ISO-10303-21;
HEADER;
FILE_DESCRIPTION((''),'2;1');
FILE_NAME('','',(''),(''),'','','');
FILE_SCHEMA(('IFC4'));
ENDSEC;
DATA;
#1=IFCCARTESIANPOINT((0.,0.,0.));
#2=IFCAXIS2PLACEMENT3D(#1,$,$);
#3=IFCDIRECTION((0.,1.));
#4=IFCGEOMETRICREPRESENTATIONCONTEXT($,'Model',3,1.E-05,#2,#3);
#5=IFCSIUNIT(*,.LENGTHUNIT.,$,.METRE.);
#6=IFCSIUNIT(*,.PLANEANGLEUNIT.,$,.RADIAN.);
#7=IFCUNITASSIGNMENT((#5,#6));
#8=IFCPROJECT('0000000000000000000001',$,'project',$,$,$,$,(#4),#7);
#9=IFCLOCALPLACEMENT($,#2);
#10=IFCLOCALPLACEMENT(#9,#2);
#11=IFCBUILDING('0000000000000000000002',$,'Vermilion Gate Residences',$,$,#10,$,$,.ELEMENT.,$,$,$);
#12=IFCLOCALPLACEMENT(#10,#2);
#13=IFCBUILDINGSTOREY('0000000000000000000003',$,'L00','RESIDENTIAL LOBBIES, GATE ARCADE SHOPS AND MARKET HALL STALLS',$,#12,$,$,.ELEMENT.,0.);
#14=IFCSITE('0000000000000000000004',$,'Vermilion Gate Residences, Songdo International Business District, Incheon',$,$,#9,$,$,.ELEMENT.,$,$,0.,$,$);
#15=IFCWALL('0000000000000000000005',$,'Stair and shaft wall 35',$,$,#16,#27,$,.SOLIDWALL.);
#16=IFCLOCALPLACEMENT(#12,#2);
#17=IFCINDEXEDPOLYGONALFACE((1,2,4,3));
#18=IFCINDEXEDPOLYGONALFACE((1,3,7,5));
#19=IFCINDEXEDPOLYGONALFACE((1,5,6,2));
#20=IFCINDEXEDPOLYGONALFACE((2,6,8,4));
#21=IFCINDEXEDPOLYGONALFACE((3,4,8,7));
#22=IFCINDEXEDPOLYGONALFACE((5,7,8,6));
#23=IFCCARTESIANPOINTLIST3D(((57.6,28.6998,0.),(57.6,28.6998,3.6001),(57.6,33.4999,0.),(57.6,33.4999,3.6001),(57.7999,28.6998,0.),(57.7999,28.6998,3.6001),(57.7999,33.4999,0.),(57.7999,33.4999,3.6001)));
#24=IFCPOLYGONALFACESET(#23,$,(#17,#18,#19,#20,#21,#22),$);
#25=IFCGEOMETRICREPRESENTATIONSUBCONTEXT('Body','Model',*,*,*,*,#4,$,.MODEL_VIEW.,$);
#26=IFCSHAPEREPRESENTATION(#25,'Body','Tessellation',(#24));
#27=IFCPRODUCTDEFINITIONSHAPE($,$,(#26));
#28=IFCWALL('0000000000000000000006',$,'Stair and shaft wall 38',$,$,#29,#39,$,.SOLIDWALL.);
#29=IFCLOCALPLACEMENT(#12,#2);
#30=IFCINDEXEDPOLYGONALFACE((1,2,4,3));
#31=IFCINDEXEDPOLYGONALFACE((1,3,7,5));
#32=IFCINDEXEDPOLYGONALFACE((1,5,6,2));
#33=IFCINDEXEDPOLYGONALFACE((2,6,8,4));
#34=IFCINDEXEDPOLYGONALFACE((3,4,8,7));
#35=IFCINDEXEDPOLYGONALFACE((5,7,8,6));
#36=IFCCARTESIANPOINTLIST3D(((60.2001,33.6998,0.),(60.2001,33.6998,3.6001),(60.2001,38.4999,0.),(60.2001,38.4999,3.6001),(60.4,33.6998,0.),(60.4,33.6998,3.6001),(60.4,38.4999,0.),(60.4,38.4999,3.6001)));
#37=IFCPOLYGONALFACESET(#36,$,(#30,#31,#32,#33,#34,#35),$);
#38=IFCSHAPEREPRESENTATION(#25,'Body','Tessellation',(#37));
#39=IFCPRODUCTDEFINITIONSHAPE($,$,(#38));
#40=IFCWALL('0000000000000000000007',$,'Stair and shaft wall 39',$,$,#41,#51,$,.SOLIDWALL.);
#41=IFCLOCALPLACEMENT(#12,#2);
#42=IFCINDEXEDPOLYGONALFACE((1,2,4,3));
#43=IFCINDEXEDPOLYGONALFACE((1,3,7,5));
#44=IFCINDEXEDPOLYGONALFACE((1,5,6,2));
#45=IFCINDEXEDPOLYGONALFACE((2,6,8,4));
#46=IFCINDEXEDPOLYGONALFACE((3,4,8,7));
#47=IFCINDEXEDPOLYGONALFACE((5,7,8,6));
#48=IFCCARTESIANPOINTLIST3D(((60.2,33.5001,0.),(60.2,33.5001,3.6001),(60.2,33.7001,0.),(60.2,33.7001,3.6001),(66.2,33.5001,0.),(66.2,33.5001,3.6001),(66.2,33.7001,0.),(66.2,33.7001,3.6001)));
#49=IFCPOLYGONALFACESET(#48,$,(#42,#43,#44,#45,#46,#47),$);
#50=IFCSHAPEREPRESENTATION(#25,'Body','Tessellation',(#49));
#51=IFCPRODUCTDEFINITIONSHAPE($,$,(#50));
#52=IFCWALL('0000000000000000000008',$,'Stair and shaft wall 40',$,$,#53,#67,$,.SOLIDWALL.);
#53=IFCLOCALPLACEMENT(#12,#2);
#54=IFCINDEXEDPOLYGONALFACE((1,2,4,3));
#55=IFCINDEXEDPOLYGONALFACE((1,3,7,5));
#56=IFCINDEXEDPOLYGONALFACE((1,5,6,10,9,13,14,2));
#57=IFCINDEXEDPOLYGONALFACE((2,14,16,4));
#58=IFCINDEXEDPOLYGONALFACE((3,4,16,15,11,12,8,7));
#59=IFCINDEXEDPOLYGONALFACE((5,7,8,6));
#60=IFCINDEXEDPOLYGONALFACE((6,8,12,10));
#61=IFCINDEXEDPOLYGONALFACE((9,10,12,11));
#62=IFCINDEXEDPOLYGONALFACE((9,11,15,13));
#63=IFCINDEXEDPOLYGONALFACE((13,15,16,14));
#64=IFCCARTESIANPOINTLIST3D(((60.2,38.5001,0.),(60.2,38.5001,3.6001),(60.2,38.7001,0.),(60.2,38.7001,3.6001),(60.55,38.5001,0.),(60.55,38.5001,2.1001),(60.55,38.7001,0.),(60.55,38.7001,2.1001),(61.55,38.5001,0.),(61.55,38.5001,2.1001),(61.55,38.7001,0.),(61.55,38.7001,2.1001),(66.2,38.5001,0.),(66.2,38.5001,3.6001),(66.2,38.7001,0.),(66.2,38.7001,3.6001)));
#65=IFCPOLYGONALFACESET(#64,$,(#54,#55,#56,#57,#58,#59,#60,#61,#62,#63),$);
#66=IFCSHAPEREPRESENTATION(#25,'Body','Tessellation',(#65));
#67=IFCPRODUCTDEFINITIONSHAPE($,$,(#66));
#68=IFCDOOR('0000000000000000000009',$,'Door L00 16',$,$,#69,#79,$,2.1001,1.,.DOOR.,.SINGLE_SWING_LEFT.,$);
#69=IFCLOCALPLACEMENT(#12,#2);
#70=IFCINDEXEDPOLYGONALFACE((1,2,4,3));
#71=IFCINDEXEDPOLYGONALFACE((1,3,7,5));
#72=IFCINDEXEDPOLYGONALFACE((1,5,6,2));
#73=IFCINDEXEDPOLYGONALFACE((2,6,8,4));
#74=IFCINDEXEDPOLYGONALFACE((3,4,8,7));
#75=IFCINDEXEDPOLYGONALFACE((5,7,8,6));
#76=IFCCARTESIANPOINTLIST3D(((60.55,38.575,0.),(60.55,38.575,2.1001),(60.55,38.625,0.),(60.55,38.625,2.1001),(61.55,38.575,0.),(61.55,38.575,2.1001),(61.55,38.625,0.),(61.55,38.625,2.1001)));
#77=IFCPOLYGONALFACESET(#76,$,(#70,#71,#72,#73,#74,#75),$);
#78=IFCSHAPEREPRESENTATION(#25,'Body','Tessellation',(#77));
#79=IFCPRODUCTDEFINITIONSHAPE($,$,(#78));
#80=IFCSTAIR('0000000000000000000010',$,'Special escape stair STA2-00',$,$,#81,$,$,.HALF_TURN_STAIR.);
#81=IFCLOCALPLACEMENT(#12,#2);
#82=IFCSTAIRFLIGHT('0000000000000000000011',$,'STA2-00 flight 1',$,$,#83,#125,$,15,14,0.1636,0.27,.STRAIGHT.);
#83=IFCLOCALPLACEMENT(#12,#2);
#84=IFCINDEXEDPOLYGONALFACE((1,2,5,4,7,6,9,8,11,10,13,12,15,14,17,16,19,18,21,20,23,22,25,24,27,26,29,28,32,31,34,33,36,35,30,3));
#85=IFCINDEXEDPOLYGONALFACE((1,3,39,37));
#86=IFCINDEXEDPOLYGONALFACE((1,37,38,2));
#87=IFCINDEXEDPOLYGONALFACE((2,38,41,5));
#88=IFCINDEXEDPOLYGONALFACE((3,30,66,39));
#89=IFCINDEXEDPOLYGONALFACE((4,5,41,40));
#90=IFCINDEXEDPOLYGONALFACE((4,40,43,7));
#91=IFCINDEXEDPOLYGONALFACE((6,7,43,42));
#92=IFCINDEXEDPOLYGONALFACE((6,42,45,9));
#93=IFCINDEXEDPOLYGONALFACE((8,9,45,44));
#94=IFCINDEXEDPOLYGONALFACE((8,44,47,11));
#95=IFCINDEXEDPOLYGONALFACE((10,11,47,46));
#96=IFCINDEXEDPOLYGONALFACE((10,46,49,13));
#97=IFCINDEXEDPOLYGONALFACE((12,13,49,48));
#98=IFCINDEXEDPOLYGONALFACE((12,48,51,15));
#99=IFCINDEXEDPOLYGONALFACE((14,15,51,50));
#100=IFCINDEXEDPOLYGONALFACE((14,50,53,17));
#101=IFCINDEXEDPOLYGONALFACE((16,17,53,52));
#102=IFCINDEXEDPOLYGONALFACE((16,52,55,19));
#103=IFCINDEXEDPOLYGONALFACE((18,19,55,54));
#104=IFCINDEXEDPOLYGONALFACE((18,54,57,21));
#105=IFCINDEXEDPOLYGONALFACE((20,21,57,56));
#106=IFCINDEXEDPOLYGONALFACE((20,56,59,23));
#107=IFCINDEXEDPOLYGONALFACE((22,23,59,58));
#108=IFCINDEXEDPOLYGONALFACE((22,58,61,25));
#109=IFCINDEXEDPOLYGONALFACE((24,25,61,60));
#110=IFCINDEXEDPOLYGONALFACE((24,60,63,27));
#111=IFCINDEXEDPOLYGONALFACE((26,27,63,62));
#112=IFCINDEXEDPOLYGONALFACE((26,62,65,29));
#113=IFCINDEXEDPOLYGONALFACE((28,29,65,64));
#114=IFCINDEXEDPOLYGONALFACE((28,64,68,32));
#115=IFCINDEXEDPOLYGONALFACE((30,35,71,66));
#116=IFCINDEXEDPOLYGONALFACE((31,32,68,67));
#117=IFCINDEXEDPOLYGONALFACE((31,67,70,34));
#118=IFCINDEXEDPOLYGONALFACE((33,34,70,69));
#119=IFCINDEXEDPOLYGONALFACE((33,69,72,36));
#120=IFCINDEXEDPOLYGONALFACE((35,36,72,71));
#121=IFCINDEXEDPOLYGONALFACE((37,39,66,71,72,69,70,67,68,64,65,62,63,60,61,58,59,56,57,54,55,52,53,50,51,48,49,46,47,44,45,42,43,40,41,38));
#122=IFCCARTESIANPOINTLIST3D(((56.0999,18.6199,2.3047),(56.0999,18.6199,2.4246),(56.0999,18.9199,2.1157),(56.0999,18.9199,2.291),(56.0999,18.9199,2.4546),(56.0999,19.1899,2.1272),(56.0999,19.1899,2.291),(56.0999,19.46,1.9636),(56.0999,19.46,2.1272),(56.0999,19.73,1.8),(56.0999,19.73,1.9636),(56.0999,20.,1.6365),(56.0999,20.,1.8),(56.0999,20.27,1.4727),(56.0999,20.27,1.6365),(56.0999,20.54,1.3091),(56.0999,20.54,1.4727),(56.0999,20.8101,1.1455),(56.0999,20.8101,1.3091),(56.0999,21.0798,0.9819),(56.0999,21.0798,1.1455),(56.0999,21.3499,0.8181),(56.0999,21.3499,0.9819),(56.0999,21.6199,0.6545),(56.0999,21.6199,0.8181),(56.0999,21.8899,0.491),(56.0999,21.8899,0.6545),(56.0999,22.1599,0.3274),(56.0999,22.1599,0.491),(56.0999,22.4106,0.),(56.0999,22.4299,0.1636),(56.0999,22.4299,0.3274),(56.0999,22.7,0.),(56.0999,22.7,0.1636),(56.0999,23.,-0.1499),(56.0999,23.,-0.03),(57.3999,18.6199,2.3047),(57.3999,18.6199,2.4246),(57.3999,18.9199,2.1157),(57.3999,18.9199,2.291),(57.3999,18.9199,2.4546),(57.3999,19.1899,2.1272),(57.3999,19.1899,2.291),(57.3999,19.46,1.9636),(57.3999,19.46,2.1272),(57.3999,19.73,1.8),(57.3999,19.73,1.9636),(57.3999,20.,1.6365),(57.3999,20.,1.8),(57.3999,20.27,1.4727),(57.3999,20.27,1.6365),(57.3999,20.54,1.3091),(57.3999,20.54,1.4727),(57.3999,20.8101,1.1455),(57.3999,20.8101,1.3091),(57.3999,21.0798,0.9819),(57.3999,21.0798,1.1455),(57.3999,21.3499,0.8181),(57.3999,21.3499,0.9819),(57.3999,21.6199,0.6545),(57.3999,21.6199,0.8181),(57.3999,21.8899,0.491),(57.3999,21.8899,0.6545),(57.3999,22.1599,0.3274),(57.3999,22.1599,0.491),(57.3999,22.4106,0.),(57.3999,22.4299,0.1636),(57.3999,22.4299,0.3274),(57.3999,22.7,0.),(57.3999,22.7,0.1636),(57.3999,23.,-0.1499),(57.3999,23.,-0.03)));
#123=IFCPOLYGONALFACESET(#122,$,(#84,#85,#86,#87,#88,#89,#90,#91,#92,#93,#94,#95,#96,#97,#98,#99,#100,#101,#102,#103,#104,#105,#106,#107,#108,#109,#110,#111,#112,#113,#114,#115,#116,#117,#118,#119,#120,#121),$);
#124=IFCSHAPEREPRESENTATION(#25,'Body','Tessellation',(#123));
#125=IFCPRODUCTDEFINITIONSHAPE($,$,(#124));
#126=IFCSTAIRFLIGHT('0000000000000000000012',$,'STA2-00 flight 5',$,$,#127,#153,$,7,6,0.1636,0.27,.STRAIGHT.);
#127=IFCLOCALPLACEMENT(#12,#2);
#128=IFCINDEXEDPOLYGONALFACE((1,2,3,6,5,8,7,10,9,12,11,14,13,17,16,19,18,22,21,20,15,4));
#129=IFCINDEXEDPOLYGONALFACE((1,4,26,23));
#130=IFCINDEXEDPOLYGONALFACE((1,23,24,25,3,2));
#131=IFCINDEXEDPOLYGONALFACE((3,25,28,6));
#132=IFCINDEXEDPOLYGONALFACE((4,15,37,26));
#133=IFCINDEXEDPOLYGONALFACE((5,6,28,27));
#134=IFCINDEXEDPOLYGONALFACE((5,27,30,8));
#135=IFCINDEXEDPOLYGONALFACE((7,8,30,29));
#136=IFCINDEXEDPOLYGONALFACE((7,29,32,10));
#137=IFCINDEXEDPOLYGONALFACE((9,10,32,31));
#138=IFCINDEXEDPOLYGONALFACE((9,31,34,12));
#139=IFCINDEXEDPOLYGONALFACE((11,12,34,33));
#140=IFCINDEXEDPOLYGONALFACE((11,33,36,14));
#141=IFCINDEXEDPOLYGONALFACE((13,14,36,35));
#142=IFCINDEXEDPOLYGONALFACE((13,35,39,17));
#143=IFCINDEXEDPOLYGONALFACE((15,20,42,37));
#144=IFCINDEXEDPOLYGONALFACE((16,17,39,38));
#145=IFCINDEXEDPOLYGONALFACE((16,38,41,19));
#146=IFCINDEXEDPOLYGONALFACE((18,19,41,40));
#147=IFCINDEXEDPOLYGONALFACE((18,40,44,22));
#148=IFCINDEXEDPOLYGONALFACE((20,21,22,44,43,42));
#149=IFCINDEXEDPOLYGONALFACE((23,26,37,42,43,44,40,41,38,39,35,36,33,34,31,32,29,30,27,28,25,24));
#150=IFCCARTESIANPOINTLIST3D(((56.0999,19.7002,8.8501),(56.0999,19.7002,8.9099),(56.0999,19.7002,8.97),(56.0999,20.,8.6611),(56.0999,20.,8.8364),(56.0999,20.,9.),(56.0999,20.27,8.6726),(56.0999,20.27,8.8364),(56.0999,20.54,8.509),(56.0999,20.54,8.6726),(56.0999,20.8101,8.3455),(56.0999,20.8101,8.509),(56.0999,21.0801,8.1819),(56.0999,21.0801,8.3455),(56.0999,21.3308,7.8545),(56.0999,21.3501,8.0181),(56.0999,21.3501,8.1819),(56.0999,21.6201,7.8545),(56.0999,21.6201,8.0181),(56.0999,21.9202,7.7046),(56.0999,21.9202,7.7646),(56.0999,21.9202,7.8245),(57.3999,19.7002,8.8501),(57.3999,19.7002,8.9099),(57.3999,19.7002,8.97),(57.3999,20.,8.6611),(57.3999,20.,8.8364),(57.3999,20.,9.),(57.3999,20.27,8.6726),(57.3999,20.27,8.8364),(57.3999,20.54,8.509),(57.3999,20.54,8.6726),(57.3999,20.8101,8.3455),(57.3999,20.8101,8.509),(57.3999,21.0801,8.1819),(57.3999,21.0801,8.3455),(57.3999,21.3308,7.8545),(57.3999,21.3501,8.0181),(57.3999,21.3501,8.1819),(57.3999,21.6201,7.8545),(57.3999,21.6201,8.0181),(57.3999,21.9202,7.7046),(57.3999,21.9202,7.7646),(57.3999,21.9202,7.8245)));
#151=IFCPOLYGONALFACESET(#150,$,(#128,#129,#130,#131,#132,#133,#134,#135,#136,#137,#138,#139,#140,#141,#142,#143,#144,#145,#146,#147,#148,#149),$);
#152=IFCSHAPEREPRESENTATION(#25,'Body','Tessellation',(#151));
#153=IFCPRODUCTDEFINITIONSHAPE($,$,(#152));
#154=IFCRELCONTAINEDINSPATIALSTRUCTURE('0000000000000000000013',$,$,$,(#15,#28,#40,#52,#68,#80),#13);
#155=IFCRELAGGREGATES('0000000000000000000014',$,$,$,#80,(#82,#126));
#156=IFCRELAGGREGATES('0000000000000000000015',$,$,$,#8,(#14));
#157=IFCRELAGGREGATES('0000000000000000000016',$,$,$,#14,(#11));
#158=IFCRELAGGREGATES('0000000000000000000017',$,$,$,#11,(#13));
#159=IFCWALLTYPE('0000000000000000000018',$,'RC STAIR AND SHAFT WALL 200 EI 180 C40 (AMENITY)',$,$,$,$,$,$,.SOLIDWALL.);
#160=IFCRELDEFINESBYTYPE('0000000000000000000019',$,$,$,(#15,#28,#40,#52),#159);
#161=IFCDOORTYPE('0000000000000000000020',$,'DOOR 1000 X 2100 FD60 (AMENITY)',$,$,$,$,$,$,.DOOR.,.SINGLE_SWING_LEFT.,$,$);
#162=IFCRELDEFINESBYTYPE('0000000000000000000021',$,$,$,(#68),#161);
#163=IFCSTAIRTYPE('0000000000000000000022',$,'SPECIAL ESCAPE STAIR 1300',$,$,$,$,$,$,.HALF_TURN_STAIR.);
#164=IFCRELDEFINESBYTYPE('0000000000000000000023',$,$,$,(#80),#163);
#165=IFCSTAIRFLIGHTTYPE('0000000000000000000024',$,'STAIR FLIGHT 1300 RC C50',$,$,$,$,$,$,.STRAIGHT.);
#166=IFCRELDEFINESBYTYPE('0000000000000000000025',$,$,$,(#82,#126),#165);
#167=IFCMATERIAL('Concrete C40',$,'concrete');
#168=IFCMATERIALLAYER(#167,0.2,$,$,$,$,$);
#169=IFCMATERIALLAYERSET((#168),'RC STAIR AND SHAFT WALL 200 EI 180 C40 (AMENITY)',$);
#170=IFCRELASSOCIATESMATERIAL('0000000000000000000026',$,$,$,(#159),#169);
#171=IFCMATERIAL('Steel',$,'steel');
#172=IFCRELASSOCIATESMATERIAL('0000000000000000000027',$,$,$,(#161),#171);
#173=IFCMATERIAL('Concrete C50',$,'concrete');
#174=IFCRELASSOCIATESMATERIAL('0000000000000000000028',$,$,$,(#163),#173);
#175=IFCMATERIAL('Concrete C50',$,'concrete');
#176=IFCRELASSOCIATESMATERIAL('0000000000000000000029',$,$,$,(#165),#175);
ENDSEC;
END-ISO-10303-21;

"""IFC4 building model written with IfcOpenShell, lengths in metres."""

from ifc_helpers import new_model, si_unit, direction, frame, frame_2d, origin, place, context, subcontext, project, spatial, polyline, rectangle, outline, extrude, material, layer, layer_set, type_object, element, fill, aggregate, save


model = new_model("IFC4")

# Units and contexts
model_context = context("Model", 3, precision=1e-05, world=origin(), true_north=direction((0.0, 1.0)))
body_context = subcontext(model_context, "Body", "Model", "MODEL_VIEW")
ifc_project = project(units=[si_unit("LENGTHUNIT", "METRE"), si_unit("PLANEANGLEUNIT", "RADIAN")], contexts=[model_context])

# Site, building, storey
site_placement = place(None, origin())
site = spatial("IfcSite", under=ifc_project, at=site_placement, Name="Vermilion Gate Residences, Songdo International Business District, Incheon", CompositionType="ELEMENT", RefElevation=0.0)
building_placement = place(site_placement, origin())
building = spatial("IfcBuilding", under=site, at=building_placement, Name="Vermilion Gate Residences", CompositionType="ELEMENT")
storey_placement = place(building_placement, origin())
storey = spatial("IfcBuildingStorey", under=building, at=storey_placement, Name="L00", Description="RESIDENTIAL LOBBIES, GATE ARCADE SHOPS AND MARKET HALL STALLS", CompositionType="ELEMENT", Elevation=0.0)

# Walls
ifc_material_1 = material(Name="Concrete C40", Category="concrete")
ifc_layer_1 = layer(ifc_material_1, 0.2)
ifc_layer_set_1 = layer_set([ifc_layer_1], Name="RC STAIR AND SHAFT WALL 200 EI 180 C40 (AMENITY)")
wall_type_1 = type_object("IfcWallType", Name="RC STAIR AND SHAFT WALL 200 EI 180 C40 (AMENITY)", PredefinedType="SOLIDWALL", material=ifc_layer_set_1)
for number, where, z_axis, x_axis, name in (
    (1, (57.7, 28.7, 0.0), (0.0, 0.0, 1.0), (0.0, 1.0, 0.0), "Stair and shaft wall 35"),
    (2, (60.3, 33.7, 0.0), (0.0, 0.0, 1.0), (0.0, 1.0, 0.0), "Stair and shaft wall 38"),
):
    element("IfcWall", number, at=place(storey_placement, frame(where, z_axis=z_axis, x_axis=x_axis)), inside=storey, type_object=wall_type_1, Name=name, PredefinedType="SOLIDWALL", context=body_context, shape_type="SweptSolid", body=[
        extrude(rectangle(XDim=4.8, YDim=0.2, at=frame_2d((2.3999, 0.0))), origin(), (0.0, 0.0, 1.0), 3.6001),
    ])
wall_1_placement = place(storey_placement, frame((60.2, 33.6001, 0.0), z_axis=(0.0, 0.0, 1.0), x_axis=(1.0, 0.0, 0.0)))
element("IfcWall", 3, at=wall_1_placement, inside=storey, type_object=wall_type_1, Name="Stair and shaft wall 39", PredefinedType="SOLIDWALL", context=body_context, shape_type="SweptSolid", body=[
    extrude(rectangle(XDim=6.0, YDim=0.2, at=frame_2d((3.0, 0.0))), origin(), (0.0, 0.0, 1.0), 3.6001),
])

# Wall, opening, door
wall_2_placement = place(storey_placement, frame((60.2, 38.6001, 0.0), z_axis=(0.0, 0.0, 1.0), x_axis=(1.0, 0.0, 0.0)))
wall_2 = element("IfcWall", 4, at=wall_2_placement, inside=storey, type_object=wall_type_1, Name="Stair and shaft wall 40", PredefinedType="SOLIDWALL", context=body_context, shape_type="SweptSolid", body=[
    extrude(rectangle(XDim=6.0, YDim=0.2, at=frame_2d((3.0, 0.0))), origin(), (0.0, 0.0, 1.0), 3.6001),
])
opening_placement = place(wall_2_placement, frame((0.3501, 0.0, 0.0)))
opening = element("IfcOpeningElement", 5, at=opening_placement, cuts=wall_2, PredefinedType="OPENING", context=body_context, shape_type="SweptSolid", body=[
    extrude(rectangle(XDim=1.0, YDim=2.1001, at=frame_2d((0.5, 1.05))), frame((0.0, 0.1099, 0.0), z_axis=(0.0, -1.0, 0.0), x_axis=(1.0, 0.0, 0.0)), (0.0, 0.0, 1.0), 0.22),
])
ifc_material_2 = material(Name="Steel", Category="steel")
door_type = type_object("IfcDoorType", Name="DOOR 1000 X 2100 FD60 (AMENITY)", OperationType="SINGLE_SWING_LEFT", PredefinedType="DOOR", material=ifc_material_2)
door_placement = place(opening_placement, origin())
door = element("IfcDoor", 6, at=door_placement, inside=storey, type_object=door_type, Name="Door L00 16", OperationType="SINGLE_SWING_LEFT", OverallHeight=2.1001, OverallWidth=1.0, PredefinedType="DOOR", context=body_context, shape_type="SweptSolid", body=[
    extrude(rectangle(XDim=1.0, YDim=2.1001, at=frame_2d((0.5, 1.05))), frame((0.0, 0.0249, 0.0), z_axis=(0.0, -1.0, 0.0), x_axis=(1.0, 0.0, 0.0)), (0.0, 0.0, 1.0), 0.05),
])
fill(opening, door)

# Stair, stair flights
ifc_material_3 = material(Name="Concrete C50", Category="concrete")
stair_type = type_object("IfcStairType", Name="SPECIAL ESCAPE STAIR 1300", PredefinedType="HALF_TURN_STAIR", material=ifc_material_3)
stair_placement = place(storey_placement, origin())
stair = element("IfcStair", 7, at=stair_placement, inside=storey, type_object=stair_type, Name="Special escape stair STA2-00", PredefinedType="HALF_TURN_STAIR")
ifc_material_4 = material(Name="Concrete C50", Category="concrete")
stair_flight_type = type_object("IfcStairFlightType", Name="STAIR FLIGHT 1300 RC C50", PredefinedType="STRAIGHT", material=ifc_material_4)
stair_flight_1_placement = place(storey_placement, frame((56.75, 22.7, 0.0), z_axis=(0.0, 0.0, 1.0), x_axis=(0.0, -1.0, 0.0)))
stair_flight_1 = element("IfcStairFlight", 8, at=stair_flight_1_placement, type_object=stair_flight_type, Name="STA2-00 flight 1", NumberOfRisers=15, NumberOfTreads=14, PredefinedType="STRAIGHT", RiserHeight=0.1636, TreadLength=0.27, context=body_context, shape_type="SweptSolid", body=[
    extrude(outline(polyline([(-0.3, -0.1499), (-0.3, -0.03), (0.0, 0.0), (0.0, 0.1636), (0.27, 0.1636), (0.27, 0.3274), (0.54, 0.3274), (0.54, 0.491), (0.8101, 0.491), (0.8101, 0.6545), (1.0801, 0.6545), (1.0801, 0.8181), (1.3501, 0.8181), (1.3501, 0.9819), (1.6201, 0.9819), (1.6201, 1.1455), (1.8899, 1.1455), (1.8899, 1.3091), (2.1599, 1.3091), (2.1599, 1.4727), (2.4299, 1.4727), (2.4299, 1.6365), (2.7, 1.6365), (2.7, 1.8), (2.97, 1.8), (2.97, 1.9636), (3.24, 1.9636), (3.24, 2.1272), (3.51, 2.1272), (3.51, 2.291), (3.78, 2.291), (3.78, 2.4546), (4.0801, 2.4246), (4.0801, 2.3047), (3.78, 2.1157), (0.2893, 0.0), (-0.3, -0.1499)])), frame((0.0, 0.6499, 0.0), z_axis=(0.0, -1.0, 0.0), x_axis=(1.0, 0.0, 0.0)), (0.0, 0.0, 1.0), 1.3),
])
stair_flight_2_placement = place(storey_placement, frame((56.75, 21.6201, 7.8545), z_axis=(0.0, 0.0, 1.0), x_axis=(0.0, -1.0, 0.0)))
stair_flight_2 = element("IfcStairFlight", 9, at=stair_flight_2_placement, type_object=stair_flight_type, Name="STA2-00 flight 5", NumberOfRisers=7, NumberOfTreads=6, PredefinedType="STRAIGHT", RiserHeight=0.1636, TreadLength=0.27, context=body_context, shape_type="SweptSolid", body=[
    extrude(outline(polyline([(-0.3, -0.1499), (-0.3, -0.0898), (-0.3, -0.03), (0.0, 0.0), (0.0, 0.1636), (0.27, 0.1636), (0.27, 0.3274), (0.54, 0.3274), (0.54, 0.491), (0.8101, 0.491), (0.8101, 0.6545), (1.0801, 0.6545), (1.0801, 0.8181), (1.3501, 0.8181), (1.3501, 0.9819), (1.6201, 0.9819), (1.6201, 1.1455), (1.9199, 1.1155), (1.9199, 1.0554), (1.9199, 0.9956), (1.6201, 0.8066), (0.2893, 0.0), (-0.3, -0.1499)])), frame((0.0, 0.6499, 0.0), z_axis=(0.0, -1.0, 0.0), x_axis=(1.0, 0.0, 0.0)), (0.0, 0.0, 1.0), 1.3),
])
aggregate(stair, [stair_flight_1, stair_flight_2])

save(model, "model.ifc")
